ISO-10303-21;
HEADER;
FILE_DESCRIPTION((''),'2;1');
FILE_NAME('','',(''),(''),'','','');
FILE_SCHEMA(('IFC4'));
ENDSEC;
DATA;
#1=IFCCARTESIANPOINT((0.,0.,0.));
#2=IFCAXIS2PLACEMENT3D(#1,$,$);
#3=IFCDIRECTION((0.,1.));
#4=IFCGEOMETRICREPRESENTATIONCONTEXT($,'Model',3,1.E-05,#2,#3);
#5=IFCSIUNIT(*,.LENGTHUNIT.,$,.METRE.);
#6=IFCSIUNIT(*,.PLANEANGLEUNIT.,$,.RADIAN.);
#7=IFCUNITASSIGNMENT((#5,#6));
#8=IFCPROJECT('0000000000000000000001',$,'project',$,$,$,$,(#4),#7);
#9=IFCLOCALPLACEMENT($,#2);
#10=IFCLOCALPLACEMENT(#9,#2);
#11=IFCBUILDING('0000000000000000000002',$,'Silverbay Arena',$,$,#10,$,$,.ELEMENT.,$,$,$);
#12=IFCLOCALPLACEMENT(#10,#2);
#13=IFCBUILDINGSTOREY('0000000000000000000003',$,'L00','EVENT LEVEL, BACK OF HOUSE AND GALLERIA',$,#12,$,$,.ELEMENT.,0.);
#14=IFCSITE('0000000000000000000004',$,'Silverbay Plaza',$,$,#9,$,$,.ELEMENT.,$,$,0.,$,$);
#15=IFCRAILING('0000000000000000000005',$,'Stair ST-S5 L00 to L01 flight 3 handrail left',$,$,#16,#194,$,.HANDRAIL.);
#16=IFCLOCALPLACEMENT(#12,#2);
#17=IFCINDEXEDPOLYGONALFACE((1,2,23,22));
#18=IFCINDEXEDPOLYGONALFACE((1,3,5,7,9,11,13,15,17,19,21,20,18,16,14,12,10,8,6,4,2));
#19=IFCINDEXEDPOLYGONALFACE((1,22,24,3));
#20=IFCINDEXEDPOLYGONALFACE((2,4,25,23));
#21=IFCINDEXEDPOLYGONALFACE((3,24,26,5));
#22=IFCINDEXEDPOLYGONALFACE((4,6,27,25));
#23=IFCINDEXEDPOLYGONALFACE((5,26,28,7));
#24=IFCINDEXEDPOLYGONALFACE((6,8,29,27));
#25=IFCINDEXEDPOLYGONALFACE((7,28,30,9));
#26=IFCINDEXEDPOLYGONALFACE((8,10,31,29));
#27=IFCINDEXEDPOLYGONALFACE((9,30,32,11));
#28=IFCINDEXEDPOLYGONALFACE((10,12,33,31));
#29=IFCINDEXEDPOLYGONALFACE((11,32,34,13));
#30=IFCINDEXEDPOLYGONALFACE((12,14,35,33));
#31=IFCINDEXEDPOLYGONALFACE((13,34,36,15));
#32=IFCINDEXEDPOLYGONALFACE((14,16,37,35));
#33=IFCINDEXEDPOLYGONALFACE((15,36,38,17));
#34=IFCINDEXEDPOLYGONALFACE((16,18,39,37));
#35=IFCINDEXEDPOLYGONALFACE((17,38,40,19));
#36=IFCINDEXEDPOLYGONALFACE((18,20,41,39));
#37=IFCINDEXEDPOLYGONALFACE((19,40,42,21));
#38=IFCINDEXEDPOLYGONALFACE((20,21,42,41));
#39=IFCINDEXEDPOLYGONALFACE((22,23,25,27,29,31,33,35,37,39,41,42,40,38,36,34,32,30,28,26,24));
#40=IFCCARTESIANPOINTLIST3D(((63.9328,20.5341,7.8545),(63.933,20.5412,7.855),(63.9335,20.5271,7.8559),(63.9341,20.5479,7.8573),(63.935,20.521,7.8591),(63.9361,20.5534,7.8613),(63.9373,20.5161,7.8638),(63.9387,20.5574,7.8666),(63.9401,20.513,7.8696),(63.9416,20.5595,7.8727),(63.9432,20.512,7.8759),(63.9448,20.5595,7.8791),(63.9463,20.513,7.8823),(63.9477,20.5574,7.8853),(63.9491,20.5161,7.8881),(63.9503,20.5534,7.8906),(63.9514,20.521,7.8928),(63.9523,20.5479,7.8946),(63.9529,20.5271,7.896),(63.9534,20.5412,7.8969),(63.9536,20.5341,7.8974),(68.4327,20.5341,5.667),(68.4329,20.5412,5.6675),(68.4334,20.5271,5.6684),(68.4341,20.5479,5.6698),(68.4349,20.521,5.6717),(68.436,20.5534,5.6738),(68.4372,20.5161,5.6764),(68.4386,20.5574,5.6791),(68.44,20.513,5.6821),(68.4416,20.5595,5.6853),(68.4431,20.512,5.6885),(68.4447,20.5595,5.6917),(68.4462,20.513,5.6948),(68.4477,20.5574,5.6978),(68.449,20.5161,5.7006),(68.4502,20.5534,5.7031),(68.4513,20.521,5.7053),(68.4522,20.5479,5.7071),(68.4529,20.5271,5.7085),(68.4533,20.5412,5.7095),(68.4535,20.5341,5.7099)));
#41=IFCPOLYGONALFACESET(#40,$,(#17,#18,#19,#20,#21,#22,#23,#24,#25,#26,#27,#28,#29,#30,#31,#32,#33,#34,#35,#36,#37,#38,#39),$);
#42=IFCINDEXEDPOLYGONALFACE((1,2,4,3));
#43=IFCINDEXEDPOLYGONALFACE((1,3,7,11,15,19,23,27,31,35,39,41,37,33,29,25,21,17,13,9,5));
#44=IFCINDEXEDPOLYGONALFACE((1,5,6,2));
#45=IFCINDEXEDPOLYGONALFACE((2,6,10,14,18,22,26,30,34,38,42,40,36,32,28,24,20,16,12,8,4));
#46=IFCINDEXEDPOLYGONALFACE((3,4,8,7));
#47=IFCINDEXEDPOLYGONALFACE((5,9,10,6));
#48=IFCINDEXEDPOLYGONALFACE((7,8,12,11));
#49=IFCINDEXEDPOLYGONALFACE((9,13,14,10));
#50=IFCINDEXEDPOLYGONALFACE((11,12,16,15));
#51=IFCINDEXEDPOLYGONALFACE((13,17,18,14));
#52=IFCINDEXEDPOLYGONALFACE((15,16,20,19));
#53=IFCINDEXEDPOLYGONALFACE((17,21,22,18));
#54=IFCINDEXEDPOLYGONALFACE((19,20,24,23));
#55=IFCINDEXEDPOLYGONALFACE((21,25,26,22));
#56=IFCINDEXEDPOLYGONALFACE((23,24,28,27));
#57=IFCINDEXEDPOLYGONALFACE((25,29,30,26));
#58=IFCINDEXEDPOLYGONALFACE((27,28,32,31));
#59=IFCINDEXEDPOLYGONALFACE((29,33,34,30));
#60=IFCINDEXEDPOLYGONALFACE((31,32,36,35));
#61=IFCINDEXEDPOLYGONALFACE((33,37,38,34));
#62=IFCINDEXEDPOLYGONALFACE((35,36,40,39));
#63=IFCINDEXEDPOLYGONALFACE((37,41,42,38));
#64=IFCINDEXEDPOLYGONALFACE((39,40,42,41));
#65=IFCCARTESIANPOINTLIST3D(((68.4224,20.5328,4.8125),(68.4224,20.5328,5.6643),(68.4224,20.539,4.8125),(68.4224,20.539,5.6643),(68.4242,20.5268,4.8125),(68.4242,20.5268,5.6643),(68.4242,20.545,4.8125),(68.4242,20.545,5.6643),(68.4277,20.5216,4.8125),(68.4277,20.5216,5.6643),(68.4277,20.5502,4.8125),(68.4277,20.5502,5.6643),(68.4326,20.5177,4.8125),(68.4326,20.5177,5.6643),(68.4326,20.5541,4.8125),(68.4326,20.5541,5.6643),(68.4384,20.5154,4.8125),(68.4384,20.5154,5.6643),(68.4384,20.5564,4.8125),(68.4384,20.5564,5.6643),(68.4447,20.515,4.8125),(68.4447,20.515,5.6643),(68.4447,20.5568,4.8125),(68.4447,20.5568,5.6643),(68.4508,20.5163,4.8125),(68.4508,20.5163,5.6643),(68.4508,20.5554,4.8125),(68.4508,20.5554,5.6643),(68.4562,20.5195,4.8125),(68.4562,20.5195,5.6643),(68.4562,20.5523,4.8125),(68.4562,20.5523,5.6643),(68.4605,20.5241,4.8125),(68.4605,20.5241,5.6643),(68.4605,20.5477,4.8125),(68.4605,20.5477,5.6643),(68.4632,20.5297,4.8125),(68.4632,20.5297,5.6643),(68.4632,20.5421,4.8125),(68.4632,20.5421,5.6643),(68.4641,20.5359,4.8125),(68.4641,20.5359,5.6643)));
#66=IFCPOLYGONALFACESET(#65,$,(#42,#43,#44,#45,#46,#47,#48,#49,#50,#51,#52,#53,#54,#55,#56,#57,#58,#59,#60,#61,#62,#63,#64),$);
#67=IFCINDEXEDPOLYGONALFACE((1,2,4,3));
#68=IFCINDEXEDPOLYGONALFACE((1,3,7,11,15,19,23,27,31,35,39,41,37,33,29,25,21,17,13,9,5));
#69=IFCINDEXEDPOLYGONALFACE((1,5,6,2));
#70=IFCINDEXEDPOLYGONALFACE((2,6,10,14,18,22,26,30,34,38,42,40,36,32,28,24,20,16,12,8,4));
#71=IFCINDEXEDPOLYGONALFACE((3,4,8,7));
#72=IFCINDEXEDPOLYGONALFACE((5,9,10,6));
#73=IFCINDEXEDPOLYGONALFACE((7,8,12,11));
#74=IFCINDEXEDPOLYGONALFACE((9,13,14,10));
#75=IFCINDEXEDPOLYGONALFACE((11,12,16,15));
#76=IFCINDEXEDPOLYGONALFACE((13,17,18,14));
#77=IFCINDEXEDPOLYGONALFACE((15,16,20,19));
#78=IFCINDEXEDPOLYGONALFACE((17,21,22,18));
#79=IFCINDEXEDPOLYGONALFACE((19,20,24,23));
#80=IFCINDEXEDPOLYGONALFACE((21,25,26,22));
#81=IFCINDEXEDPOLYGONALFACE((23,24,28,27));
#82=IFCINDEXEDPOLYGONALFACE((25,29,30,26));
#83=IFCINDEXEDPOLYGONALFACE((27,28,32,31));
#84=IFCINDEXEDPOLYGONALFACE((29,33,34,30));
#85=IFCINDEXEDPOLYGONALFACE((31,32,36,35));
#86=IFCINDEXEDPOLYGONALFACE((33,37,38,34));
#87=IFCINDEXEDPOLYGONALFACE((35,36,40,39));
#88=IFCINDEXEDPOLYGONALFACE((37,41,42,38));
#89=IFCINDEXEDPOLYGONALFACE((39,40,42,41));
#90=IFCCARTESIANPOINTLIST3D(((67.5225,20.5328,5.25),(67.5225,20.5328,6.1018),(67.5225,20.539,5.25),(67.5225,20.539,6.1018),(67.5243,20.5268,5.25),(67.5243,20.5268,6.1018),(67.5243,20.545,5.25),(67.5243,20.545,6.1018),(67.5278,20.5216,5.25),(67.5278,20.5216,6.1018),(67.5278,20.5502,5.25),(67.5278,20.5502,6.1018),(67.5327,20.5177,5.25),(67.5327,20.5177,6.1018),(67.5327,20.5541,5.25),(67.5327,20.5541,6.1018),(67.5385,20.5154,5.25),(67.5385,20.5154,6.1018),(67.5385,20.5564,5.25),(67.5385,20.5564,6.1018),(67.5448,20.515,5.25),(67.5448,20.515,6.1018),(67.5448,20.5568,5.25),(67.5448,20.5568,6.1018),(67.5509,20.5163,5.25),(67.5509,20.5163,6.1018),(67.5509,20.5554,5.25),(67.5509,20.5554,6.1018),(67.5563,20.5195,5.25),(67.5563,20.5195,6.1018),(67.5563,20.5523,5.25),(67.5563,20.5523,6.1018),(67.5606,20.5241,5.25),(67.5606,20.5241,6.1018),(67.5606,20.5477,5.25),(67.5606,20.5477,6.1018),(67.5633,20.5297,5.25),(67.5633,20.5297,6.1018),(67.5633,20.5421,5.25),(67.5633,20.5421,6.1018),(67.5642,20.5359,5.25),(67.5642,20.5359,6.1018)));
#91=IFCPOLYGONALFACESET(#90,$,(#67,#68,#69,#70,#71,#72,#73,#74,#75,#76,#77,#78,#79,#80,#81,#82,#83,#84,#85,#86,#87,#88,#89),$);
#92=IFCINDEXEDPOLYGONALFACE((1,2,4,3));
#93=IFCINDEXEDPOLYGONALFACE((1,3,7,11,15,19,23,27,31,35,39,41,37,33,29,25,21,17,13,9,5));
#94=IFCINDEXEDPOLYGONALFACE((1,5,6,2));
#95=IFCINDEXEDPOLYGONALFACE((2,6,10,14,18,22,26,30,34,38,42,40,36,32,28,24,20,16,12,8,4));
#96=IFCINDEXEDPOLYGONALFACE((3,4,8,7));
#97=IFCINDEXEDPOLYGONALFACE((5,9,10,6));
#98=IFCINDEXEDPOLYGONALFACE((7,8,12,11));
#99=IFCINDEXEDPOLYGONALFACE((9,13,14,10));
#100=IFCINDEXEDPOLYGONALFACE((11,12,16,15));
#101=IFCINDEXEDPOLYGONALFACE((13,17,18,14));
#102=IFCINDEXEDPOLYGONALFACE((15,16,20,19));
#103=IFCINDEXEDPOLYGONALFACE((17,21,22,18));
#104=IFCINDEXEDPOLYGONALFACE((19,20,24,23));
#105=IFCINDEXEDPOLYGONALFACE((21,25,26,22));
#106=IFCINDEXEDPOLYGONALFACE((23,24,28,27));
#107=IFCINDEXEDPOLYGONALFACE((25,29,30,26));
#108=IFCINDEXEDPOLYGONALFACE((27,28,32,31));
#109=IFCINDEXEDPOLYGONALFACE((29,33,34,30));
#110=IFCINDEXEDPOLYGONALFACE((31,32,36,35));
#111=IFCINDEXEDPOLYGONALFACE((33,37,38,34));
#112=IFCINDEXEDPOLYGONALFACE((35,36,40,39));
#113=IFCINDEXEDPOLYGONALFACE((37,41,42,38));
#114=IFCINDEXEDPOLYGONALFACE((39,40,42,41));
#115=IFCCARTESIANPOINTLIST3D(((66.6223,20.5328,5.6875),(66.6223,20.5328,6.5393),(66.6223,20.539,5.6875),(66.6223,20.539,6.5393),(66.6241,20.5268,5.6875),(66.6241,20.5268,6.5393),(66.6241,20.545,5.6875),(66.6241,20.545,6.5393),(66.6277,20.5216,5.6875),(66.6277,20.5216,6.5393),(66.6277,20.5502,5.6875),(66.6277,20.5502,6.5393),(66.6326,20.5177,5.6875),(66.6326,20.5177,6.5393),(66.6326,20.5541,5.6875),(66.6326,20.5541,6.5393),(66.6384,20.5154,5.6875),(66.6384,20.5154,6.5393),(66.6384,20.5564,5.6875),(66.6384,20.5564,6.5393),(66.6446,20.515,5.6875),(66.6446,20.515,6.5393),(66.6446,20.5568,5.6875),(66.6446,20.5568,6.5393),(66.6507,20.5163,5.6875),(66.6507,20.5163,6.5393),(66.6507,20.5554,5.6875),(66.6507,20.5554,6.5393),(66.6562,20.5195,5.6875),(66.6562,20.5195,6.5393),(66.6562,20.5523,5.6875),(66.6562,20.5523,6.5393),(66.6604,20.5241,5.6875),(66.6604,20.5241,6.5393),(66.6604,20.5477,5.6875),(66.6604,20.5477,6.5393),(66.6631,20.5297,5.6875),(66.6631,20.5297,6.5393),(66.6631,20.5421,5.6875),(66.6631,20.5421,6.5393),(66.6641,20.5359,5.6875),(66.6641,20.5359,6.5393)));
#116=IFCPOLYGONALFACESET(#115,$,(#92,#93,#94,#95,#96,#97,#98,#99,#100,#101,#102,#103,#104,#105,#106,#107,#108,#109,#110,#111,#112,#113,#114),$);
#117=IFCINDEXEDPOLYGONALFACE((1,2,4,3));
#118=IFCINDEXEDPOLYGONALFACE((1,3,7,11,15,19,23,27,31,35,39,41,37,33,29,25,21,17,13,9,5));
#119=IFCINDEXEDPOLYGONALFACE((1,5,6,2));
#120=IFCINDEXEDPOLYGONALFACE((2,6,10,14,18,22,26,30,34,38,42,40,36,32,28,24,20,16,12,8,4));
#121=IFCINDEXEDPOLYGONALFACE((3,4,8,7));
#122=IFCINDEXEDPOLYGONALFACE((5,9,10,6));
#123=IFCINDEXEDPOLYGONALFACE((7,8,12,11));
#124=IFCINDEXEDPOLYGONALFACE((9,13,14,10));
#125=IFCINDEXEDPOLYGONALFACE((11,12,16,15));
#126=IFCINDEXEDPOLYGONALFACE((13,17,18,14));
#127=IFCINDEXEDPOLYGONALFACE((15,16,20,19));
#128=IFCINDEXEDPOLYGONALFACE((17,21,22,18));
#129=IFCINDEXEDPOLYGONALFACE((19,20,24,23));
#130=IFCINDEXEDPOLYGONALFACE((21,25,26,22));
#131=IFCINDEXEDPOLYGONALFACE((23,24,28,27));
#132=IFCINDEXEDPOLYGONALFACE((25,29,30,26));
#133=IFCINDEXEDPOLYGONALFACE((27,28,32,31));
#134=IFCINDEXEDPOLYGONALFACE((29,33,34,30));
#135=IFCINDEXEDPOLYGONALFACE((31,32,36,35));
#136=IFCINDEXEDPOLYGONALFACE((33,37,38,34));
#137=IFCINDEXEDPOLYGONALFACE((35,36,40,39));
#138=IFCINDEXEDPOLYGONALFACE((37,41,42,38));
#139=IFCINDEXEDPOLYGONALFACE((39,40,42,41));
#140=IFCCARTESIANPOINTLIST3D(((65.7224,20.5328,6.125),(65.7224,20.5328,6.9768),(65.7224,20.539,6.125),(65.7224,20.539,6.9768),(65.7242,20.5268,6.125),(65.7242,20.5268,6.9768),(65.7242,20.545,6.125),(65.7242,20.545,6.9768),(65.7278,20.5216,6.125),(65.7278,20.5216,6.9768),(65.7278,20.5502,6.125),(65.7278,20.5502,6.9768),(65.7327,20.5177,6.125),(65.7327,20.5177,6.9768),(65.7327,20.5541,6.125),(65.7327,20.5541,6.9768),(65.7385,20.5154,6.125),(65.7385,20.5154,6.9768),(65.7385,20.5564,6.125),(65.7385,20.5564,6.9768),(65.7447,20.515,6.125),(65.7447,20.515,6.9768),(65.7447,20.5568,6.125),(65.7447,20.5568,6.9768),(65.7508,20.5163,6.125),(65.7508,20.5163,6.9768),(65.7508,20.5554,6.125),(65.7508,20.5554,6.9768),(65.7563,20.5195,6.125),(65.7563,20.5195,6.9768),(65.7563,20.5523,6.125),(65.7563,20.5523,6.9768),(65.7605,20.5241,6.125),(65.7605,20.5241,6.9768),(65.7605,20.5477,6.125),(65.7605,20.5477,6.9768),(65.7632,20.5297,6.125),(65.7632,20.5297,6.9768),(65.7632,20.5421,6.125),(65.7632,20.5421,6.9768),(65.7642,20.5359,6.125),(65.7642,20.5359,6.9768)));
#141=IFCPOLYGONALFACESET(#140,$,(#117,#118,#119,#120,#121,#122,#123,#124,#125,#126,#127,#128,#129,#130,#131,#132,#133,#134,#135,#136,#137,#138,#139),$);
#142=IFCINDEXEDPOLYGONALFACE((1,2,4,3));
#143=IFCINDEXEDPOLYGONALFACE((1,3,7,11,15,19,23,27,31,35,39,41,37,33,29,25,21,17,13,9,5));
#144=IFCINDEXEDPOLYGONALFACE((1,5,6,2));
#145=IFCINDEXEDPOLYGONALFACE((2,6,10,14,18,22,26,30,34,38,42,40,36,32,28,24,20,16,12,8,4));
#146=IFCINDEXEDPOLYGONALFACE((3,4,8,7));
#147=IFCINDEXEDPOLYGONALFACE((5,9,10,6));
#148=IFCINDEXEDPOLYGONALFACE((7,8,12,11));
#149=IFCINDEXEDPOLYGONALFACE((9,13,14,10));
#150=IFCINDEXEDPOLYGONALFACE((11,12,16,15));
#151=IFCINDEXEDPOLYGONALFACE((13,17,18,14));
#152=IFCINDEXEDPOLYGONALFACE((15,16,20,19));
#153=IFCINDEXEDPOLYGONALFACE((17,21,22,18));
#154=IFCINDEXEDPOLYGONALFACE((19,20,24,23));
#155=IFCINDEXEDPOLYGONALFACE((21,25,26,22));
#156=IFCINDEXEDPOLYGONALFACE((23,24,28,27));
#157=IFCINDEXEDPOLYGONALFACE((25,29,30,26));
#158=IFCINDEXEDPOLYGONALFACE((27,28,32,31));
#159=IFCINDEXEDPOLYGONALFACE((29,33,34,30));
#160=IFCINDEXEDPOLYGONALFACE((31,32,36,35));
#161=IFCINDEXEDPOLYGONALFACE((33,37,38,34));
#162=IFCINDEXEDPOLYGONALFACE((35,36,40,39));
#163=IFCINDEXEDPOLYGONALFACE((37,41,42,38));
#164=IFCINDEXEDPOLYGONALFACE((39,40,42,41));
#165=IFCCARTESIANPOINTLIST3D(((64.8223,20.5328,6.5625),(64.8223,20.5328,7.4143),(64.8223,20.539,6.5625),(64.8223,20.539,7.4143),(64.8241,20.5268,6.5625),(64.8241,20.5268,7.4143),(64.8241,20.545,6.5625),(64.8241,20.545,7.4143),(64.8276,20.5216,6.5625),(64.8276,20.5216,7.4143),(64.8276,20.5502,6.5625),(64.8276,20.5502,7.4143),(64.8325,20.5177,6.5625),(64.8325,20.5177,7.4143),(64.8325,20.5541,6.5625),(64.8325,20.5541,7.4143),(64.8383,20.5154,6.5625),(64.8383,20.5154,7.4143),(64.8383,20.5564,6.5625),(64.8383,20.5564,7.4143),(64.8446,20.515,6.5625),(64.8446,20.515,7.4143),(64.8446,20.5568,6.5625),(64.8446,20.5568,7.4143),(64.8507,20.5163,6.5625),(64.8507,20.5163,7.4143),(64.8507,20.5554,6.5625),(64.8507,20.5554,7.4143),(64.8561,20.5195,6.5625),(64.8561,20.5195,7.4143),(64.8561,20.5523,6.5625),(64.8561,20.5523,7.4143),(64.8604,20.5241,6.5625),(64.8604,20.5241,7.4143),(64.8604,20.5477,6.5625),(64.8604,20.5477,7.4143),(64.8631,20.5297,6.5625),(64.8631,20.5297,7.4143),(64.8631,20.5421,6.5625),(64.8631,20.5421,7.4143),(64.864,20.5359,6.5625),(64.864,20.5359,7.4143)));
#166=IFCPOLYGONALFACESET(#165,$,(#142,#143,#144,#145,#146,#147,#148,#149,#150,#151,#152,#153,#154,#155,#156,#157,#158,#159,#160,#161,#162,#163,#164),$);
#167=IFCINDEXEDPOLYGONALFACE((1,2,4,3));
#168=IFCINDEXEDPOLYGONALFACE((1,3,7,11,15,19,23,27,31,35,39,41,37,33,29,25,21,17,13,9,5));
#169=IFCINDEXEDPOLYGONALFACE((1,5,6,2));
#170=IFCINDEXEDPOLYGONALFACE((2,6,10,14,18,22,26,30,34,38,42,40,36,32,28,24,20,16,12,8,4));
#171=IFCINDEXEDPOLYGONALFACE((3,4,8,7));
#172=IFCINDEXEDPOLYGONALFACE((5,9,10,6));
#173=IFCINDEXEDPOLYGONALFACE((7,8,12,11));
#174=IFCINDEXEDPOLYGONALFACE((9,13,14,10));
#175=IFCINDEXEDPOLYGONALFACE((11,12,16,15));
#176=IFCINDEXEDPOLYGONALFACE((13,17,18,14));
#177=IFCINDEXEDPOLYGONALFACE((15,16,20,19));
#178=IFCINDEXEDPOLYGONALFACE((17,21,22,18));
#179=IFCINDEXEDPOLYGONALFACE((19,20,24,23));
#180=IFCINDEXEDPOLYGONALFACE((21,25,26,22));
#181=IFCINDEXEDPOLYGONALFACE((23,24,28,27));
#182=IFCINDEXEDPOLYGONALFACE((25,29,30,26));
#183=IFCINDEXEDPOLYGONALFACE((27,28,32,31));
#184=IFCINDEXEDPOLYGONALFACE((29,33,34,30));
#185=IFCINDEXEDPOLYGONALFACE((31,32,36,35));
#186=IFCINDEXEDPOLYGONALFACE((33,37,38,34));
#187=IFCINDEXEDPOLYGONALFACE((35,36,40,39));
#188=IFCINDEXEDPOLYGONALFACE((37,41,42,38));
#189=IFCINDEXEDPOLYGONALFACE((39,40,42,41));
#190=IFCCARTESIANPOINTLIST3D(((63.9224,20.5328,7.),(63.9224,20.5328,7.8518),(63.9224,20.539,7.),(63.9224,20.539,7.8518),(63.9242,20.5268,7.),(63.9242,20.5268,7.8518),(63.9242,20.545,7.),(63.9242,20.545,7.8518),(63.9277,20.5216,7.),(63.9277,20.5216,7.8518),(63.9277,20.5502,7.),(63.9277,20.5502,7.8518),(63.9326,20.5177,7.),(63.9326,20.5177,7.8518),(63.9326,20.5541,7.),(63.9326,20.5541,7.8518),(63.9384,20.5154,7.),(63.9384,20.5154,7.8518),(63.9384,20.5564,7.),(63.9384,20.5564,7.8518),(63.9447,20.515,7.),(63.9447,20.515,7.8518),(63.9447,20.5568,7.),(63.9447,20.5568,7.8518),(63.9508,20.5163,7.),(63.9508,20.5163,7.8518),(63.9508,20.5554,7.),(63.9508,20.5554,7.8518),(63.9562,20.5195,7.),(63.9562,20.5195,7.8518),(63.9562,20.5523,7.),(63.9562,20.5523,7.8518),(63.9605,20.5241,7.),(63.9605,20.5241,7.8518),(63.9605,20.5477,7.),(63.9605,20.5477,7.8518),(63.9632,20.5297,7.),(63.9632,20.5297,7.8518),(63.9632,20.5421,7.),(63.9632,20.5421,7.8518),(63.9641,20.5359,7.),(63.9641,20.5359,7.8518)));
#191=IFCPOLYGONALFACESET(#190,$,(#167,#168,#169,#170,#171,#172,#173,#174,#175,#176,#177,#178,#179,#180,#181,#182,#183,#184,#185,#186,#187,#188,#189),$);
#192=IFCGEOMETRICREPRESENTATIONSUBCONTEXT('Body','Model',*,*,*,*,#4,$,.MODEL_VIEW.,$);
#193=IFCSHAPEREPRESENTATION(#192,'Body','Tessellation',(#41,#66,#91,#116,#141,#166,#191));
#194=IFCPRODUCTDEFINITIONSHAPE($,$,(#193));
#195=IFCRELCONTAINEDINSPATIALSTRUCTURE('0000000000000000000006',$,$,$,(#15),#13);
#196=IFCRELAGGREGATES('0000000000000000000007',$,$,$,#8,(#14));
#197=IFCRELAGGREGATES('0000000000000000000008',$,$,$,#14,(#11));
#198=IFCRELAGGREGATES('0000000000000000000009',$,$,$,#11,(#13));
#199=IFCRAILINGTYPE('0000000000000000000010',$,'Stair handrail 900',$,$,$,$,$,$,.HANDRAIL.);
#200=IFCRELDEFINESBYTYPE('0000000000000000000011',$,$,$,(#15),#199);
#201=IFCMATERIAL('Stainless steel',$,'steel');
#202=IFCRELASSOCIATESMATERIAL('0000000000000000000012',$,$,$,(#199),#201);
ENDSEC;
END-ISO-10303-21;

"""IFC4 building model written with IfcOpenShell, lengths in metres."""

from ifc_helpers import new_model, si_unit, direction, frame, origin, origin_2d, place, context, subcontext, project, spatial, circle, extrude, material, type_object, element, save


model = new_model("IFC4")

# Units and contexts
model_context = context("Model", 3, precision=1e-05, world=origin(), true_north=direction((0.0, 1.0)))
body_context = subcontext(model_context, "Body", "Model", "MODEL_VIEW")
ifc_project = project(units=[si_unit("LENGTHUNIT", "METRE"), si_unit("PLANEANGLEUNIT", "RADIAN")], contexts=[model_context])

# Site, building, storey
site_placement = place(None, origin())
site = spatial("IfcSite", under=ifc_project, at=site_placement, Name="Silverbay Plaza", CompositionType="ELEMENT", RefElevation=0.0)
building_placement = place(site_placement, origin())
building = spatial("IfcBuilding", under=site, at=building_placement, Name="Silverbay Arena", CompositionType="ELEMENT")
storey_placement = place(building_placement, origin())
storey = spatial("IfcBuildingStorey", under=building, at=storey_placement, Name="L00", Description="EVENT LEVEL, BACK OF HOUSE AND GALLERIA", CompositionType="ELEMENT", Elevation=0.0)

# Railing
ifc_material_1 = material(Name="Stainless steel", Category="steel")
railing_type_1 = type_object("IfcRailingType", Name="Stair handrail 900", PredefinedType="HANDRAIL", material=ifc_material_1)
for number, where, name in (
    (1, (68.4431, 20.5359, 4.8125), "Stair ST-S5 L00 to L01 flight 3 handrail left"),
):
    element("IfcRailing", number, at=place(storey_placement, frame(where)), inside=storey, type_object=railing_type_1, Name=name, PredefinedType="HANDRAIL", context=body_context, shape_type="SweptSolid", body=[
        extrude(circle(Radius=0.0239, at=origin_2d()), frame((0.0, 0.0, 0.876), z_axis=(-0.899368, 0.0, 0.437193), x_axis=(0.0, -1.0, 0.0)), (0.0, 0.0, 1.0), 5.0034),
        extrude(circle(Radius=0.021, at=origin_2d()), origin(), (0.0, 0.0, 1.0), 0.8518),
        extrude(circle(Radius=0.021, at=origin_2d()), frame((-0.8999, 0.0, 0.4375)), (0.0, 0.0, 1.0), 0.8518),
        extrude(circle(Radius=0.021, at=origin_2d()), frame((-1.8, 0.0, 0.875)), (0.0, 0.0, 1.0), 0.8518),
        extrude(circle(Radius=0.021, at=origin_2d()), frame((-2.7, 0.0, 1.3125)), (0.0, 0.0, 1.0), 0.8518),
        extrude(circle(Radius=0.021, at=origin_2d()), frame((-3.6001, 0.0, 1.75)), (0.0, 0.0, 1.0), 0.8518),
        extrude(circle(Radius=0.021, at=origin_2d()), frame((-4.5, 0.0, 2.1875)), (0.0, 0.0, 1.0), 0.8518),
    ])

save(model, "model.ifc")
